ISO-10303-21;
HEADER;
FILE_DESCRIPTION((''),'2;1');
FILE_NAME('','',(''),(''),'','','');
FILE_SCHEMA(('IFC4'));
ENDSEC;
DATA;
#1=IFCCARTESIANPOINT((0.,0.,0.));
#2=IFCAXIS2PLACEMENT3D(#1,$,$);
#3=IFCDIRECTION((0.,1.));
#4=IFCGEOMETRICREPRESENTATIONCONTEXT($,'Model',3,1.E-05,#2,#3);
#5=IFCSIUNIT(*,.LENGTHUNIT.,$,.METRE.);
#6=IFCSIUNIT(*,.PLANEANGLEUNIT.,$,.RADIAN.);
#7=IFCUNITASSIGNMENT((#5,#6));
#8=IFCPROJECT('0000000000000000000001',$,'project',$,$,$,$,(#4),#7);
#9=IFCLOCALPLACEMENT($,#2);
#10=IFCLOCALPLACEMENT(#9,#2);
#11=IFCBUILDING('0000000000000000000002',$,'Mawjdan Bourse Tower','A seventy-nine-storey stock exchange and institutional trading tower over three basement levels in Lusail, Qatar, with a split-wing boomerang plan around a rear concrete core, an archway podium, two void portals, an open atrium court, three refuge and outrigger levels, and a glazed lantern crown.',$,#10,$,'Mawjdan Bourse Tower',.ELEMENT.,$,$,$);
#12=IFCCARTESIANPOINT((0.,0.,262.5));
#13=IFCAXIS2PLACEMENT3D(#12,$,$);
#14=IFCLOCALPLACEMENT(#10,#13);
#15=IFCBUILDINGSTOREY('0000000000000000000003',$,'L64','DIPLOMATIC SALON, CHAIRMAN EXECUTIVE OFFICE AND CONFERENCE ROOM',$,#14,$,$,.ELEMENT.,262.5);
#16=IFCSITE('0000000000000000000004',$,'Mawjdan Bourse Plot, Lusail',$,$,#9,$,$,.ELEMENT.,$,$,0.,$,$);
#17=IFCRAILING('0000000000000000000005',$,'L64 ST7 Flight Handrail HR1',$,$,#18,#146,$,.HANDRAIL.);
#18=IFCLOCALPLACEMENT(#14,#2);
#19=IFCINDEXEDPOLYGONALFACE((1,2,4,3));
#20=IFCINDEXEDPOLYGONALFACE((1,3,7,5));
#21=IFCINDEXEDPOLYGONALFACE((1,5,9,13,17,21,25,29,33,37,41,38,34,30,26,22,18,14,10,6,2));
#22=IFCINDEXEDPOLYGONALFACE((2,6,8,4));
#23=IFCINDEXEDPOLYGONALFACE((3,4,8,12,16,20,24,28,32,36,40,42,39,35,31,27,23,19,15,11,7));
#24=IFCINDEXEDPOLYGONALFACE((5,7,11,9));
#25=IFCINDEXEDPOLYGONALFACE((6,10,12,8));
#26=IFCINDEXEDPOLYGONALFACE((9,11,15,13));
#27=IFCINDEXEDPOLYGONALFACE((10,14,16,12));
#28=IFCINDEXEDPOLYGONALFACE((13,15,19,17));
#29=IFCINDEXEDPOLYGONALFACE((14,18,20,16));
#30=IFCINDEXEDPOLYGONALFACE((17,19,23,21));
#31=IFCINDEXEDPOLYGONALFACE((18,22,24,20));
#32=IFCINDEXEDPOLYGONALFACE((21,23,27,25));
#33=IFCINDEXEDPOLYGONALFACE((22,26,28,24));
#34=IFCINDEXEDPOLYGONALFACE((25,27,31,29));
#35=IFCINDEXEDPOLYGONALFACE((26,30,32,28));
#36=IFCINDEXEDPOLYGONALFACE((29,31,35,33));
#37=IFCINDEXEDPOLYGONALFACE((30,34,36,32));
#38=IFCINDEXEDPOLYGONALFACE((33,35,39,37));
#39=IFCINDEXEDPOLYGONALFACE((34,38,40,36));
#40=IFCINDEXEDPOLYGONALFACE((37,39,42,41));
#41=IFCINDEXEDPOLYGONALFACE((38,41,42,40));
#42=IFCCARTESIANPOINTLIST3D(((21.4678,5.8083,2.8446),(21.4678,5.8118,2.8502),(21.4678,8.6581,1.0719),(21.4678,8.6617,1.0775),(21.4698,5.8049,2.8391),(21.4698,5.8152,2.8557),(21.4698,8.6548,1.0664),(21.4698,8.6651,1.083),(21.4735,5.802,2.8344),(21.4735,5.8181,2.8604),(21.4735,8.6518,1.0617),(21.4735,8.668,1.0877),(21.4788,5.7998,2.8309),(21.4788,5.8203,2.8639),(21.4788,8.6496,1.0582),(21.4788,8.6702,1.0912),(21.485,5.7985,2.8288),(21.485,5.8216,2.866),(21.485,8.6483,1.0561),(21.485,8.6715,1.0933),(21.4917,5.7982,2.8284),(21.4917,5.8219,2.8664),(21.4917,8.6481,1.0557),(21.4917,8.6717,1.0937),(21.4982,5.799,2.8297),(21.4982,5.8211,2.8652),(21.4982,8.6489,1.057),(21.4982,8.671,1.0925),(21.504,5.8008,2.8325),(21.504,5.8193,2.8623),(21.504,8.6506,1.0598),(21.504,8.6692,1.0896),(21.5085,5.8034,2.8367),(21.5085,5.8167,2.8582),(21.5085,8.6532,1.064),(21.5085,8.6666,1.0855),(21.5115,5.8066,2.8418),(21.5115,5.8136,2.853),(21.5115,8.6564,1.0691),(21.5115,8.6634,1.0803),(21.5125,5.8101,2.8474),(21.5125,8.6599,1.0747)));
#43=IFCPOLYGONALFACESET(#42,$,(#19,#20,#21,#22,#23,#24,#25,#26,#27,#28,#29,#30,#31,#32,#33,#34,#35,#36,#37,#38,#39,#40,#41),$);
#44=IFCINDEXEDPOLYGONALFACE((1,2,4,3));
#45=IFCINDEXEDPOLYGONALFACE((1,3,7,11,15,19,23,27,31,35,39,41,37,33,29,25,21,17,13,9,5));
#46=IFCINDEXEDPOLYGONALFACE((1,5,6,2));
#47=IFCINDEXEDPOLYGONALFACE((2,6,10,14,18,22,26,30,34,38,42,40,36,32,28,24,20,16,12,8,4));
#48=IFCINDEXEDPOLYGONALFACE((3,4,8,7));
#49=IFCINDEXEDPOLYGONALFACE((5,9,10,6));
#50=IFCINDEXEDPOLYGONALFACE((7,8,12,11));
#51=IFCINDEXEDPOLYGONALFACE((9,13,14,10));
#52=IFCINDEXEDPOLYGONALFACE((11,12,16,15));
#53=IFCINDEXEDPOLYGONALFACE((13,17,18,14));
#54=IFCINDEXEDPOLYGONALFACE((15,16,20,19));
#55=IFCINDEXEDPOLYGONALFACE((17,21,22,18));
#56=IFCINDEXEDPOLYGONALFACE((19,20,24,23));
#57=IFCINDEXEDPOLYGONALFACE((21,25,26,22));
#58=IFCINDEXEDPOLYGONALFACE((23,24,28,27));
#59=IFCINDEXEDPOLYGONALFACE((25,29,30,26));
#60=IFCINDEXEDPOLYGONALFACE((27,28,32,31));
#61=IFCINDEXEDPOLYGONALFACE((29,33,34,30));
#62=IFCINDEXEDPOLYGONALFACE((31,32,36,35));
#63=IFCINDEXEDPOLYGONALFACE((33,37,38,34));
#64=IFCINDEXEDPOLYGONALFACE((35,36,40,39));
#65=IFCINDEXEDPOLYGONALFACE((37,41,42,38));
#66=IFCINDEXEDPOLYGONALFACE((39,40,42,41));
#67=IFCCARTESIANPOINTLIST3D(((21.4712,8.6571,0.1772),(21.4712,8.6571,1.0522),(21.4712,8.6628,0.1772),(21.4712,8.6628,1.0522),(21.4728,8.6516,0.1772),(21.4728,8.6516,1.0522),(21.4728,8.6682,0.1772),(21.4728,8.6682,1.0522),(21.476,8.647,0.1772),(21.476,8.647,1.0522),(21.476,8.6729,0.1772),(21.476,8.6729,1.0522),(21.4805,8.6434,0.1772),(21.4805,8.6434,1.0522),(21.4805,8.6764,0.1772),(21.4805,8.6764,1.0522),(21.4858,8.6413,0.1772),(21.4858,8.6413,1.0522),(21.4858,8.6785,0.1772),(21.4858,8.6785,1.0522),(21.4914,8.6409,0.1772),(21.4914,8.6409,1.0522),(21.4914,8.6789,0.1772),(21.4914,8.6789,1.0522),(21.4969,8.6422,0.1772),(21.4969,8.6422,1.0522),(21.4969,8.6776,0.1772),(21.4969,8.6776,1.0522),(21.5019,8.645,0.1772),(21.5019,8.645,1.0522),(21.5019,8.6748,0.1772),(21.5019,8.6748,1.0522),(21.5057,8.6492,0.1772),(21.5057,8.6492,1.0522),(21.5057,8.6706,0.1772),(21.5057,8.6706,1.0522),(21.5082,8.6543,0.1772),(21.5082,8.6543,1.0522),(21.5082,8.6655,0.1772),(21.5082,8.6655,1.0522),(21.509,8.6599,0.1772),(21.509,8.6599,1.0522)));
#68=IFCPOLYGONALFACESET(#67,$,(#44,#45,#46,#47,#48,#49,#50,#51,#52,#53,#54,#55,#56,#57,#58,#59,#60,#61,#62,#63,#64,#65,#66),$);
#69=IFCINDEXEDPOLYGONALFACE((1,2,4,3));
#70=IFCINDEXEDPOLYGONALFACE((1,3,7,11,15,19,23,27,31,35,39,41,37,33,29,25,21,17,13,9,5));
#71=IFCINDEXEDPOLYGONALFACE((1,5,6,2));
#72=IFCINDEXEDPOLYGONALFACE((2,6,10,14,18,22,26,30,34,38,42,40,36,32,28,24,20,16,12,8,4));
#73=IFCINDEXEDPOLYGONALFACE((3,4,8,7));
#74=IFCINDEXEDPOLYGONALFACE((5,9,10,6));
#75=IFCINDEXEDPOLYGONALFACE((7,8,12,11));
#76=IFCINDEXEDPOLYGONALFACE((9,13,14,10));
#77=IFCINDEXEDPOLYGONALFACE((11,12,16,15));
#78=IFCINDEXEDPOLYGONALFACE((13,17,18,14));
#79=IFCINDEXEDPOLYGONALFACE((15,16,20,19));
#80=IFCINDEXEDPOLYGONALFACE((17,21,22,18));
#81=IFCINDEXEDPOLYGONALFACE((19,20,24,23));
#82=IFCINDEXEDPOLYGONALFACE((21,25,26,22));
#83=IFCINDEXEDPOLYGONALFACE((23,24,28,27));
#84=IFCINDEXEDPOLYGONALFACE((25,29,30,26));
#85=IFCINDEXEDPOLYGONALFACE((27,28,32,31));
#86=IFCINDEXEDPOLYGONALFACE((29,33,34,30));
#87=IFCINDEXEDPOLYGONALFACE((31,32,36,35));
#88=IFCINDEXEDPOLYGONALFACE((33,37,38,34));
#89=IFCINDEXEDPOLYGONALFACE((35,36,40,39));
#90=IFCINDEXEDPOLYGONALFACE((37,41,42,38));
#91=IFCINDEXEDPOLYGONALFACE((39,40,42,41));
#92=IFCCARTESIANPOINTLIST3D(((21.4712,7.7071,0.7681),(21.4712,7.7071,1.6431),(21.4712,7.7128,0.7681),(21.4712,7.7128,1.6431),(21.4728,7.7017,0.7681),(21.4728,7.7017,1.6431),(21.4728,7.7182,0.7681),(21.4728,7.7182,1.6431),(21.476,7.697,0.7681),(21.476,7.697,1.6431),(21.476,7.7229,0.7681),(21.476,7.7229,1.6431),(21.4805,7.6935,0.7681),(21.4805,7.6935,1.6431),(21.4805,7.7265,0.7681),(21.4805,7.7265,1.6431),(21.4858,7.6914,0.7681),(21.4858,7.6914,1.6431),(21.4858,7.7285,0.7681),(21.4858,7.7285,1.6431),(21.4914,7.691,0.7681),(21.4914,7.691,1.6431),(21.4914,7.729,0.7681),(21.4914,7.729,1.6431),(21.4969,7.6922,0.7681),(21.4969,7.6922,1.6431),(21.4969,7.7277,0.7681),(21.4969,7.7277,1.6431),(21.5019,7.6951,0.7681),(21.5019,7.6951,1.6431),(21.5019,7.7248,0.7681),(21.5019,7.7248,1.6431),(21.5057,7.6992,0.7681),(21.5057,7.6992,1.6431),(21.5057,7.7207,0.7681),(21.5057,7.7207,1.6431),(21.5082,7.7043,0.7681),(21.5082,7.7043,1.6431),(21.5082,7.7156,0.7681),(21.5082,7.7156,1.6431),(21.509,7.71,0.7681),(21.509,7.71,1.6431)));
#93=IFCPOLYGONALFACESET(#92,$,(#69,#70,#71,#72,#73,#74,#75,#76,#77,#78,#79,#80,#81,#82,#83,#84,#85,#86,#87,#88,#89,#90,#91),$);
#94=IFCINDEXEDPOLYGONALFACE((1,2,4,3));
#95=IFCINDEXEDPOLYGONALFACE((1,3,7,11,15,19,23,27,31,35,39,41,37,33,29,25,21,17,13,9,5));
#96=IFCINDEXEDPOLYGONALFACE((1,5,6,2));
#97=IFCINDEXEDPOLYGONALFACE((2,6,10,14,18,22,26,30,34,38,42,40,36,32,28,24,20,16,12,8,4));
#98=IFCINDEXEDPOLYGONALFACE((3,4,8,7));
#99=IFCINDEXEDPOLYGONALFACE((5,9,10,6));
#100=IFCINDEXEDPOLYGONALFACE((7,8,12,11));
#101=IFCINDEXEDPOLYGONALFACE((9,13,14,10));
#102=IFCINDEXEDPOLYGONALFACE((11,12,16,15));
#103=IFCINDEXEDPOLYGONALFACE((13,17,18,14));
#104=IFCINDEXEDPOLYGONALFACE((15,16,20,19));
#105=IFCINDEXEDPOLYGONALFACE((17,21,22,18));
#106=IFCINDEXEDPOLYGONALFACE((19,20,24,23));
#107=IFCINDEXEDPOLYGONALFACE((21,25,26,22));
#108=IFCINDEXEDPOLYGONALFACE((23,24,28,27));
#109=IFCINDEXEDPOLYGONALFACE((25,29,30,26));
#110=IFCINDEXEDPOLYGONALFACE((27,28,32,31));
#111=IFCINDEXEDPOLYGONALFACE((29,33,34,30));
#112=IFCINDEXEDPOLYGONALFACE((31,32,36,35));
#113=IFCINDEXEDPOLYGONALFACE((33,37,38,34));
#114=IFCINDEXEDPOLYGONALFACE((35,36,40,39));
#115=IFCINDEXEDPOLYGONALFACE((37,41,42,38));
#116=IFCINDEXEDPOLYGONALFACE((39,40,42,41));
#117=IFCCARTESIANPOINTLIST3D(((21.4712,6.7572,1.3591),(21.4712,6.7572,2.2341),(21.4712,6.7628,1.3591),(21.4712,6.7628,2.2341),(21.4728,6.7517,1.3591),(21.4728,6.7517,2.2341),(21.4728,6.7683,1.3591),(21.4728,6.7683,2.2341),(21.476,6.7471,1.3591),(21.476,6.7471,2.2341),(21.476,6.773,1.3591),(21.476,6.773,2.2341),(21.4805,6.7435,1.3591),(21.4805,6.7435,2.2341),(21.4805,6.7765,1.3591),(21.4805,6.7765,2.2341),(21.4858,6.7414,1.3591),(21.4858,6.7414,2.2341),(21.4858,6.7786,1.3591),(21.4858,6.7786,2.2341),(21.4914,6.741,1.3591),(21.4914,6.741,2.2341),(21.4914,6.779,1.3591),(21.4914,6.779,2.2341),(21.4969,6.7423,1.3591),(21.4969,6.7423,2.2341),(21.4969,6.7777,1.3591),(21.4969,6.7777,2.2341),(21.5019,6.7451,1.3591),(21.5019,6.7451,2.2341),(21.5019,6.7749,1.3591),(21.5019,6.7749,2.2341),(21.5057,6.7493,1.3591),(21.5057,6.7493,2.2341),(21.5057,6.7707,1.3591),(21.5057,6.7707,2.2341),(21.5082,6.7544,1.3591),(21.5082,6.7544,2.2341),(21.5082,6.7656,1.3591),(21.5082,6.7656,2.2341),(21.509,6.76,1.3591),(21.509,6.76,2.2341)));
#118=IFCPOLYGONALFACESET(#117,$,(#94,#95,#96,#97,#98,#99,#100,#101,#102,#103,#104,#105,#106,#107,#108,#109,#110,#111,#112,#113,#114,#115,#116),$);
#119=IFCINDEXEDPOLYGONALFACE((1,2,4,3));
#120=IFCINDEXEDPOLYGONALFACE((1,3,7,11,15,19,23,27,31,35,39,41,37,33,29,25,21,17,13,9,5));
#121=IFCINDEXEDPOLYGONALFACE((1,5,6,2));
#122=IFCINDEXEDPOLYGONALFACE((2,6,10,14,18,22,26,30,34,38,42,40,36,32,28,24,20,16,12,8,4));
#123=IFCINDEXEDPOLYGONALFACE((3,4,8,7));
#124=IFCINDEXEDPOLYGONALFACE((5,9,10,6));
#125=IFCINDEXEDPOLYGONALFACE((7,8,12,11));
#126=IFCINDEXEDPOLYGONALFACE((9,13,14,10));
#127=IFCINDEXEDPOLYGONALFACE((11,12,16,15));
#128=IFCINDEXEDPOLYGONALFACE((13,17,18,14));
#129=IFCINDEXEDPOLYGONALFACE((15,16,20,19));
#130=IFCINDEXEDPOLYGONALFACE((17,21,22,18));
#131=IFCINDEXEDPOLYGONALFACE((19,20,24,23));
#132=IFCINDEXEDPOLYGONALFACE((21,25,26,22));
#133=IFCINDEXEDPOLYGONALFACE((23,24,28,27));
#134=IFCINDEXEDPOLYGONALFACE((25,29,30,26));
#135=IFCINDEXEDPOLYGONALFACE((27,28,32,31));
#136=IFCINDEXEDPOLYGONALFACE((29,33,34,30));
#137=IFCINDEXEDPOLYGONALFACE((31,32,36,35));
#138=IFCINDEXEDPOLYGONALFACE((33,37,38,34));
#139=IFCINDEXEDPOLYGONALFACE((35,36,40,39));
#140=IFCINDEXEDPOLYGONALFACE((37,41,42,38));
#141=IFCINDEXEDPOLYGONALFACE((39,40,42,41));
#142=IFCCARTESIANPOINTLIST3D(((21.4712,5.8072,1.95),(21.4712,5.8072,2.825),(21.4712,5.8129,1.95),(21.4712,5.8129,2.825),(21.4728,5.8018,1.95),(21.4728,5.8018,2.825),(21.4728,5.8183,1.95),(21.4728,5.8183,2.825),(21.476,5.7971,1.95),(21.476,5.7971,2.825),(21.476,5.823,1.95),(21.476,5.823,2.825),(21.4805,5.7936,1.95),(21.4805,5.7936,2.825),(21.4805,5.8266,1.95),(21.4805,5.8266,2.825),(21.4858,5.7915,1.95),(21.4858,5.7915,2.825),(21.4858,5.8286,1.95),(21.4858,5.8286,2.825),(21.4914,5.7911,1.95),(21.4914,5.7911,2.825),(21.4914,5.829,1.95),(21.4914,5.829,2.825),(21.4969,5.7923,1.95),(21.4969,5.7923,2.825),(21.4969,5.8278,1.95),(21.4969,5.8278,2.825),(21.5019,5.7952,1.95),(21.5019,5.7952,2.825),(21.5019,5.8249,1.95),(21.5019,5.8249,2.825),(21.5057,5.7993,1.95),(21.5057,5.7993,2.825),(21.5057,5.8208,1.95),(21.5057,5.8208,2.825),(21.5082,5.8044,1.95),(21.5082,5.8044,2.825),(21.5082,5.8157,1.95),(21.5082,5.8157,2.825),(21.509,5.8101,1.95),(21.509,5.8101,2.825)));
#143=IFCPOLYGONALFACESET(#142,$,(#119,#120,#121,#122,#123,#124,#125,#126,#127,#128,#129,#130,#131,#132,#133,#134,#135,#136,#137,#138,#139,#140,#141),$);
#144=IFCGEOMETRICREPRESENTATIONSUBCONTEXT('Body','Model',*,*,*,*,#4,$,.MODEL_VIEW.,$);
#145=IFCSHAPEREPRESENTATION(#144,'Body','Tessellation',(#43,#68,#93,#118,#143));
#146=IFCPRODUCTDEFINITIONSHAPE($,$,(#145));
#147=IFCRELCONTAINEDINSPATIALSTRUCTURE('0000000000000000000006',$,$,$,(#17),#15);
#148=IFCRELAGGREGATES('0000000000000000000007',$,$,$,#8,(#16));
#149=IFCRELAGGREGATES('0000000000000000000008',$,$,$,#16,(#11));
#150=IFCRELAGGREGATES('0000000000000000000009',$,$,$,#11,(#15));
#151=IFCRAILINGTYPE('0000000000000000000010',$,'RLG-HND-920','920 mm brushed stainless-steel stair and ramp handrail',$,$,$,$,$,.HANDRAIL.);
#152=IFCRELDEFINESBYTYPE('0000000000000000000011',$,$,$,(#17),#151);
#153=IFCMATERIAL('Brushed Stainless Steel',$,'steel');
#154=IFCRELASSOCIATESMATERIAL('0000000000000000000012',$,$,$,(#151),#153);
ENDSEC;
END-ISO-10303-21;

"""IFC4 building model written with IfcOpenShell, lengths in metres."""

from ifc_helpers import new_model, si_unit, direction, frame, origin, origin_2d, place, context, subcontext, project, spatial, circle, extrude, material, type_object, element, save


model = new_model("IFC4")

# Units and contexts
model_context = context("Model", 3, precision=1e-05, world=origin(), true_north=direction((0.0, 1.0)))
body_context = subcontext(model_context, "Body", "Model", "MODEL_VIEW")
ifc_project = project(units=[si_unit("LENGTHUNIT", "METRE"), si_unit("PLANEANGLEUNIT", "RADIAN")], contexts=[model_context])

# Site, building, storey
site_placement = place(None, origin())
site = spatial("IfcSite", under=ifc_project, at=site_placement, Name="Mawjdan Bourse Plot, Lusail", CompositionType="ELEMENT", RefElevation=0.0)
building_placement = place(site_placement, origin())
building = spatial("IfcBuilding", under=site, at=building_placement, Name="Mawjdan Bourse Tower", Description="A seventy-nine-storey stock exchange and institutional trading tower over three basement levels in Lusail, Qatar, with a split-wing boomerang plan around a rear concrete core, an archway podium, two void portals, an open atrium court, three refuge and outrigger levels, and a glazed lantern crown.", LongName="Mawjdan Bourse Tower", CompositionType="ELEMENT")
storey_placement = place(building_placement, frame((0.0, 0.0, 262.5)))
storey = spatial("IfcBuildingStorey", under=building, at=storey_placement, Name="L64", Description="DIPLOMATIC SALON, CHAIRMAN EXECUTIVE OFFICE AND CONFERENCE ROOM", CompositionType="ELEMENT", Elevation=262.5)

# Railing
ifc_material_1 = material(Name="Brushed Stainless Steel", Category="steel")
railing_type = type_object("IfcRailingType", Name="RLG-HND-920", Description="920 mm brushed stainless-steel stair and ramp handrail", PredefinedType="HANDRAIL", material=ifc_material_1)
railing_1_placement = place(storey_placement, frame((21.49, 8.6599, 0.1772)))
element("IfcRailing", 1, at=railing_1_placement, inside=storey, type_object=railing_type, Name="L64 ST7 Flight Handrail HR1", PredefinedType="HANDRAIL", context=body_context, shape_type="SweptSolid", body=[
    extrude(circle(Radius=0.0225, at=origin_2d()), frame((0.0, 0.0, 0.8975), z_axis=(0.0, -0.849128, 0.528187), x_axis=(1.0, 0.0, 0.0)), (0.0, 0.0, 1.0), 3.3562),
    extrude(circle(Radius=0.019, at=origin_2d()), origin(), (0.0, 0.0, 1.0), 0.875),
    extrude(circle(Radius=0.019, at=origin_2d()), frame((0.0, -0.95, 0.5908)), (0.0, 0.0, 1.0), 0.875),
    extrude(circle(Radius=0.019, at=origin_2d()), frame((0.0, -1.8999, 1.1819)), (0.0, 0.0, 1.0), 0.875),
    extrude(circle(Radius=0.019, at=origin_2d()), frame((0.0, -2.8499, 1.7727)), (0.0, 0.0, 1.0), 0.875),
])

save(model, "model.ifc")
